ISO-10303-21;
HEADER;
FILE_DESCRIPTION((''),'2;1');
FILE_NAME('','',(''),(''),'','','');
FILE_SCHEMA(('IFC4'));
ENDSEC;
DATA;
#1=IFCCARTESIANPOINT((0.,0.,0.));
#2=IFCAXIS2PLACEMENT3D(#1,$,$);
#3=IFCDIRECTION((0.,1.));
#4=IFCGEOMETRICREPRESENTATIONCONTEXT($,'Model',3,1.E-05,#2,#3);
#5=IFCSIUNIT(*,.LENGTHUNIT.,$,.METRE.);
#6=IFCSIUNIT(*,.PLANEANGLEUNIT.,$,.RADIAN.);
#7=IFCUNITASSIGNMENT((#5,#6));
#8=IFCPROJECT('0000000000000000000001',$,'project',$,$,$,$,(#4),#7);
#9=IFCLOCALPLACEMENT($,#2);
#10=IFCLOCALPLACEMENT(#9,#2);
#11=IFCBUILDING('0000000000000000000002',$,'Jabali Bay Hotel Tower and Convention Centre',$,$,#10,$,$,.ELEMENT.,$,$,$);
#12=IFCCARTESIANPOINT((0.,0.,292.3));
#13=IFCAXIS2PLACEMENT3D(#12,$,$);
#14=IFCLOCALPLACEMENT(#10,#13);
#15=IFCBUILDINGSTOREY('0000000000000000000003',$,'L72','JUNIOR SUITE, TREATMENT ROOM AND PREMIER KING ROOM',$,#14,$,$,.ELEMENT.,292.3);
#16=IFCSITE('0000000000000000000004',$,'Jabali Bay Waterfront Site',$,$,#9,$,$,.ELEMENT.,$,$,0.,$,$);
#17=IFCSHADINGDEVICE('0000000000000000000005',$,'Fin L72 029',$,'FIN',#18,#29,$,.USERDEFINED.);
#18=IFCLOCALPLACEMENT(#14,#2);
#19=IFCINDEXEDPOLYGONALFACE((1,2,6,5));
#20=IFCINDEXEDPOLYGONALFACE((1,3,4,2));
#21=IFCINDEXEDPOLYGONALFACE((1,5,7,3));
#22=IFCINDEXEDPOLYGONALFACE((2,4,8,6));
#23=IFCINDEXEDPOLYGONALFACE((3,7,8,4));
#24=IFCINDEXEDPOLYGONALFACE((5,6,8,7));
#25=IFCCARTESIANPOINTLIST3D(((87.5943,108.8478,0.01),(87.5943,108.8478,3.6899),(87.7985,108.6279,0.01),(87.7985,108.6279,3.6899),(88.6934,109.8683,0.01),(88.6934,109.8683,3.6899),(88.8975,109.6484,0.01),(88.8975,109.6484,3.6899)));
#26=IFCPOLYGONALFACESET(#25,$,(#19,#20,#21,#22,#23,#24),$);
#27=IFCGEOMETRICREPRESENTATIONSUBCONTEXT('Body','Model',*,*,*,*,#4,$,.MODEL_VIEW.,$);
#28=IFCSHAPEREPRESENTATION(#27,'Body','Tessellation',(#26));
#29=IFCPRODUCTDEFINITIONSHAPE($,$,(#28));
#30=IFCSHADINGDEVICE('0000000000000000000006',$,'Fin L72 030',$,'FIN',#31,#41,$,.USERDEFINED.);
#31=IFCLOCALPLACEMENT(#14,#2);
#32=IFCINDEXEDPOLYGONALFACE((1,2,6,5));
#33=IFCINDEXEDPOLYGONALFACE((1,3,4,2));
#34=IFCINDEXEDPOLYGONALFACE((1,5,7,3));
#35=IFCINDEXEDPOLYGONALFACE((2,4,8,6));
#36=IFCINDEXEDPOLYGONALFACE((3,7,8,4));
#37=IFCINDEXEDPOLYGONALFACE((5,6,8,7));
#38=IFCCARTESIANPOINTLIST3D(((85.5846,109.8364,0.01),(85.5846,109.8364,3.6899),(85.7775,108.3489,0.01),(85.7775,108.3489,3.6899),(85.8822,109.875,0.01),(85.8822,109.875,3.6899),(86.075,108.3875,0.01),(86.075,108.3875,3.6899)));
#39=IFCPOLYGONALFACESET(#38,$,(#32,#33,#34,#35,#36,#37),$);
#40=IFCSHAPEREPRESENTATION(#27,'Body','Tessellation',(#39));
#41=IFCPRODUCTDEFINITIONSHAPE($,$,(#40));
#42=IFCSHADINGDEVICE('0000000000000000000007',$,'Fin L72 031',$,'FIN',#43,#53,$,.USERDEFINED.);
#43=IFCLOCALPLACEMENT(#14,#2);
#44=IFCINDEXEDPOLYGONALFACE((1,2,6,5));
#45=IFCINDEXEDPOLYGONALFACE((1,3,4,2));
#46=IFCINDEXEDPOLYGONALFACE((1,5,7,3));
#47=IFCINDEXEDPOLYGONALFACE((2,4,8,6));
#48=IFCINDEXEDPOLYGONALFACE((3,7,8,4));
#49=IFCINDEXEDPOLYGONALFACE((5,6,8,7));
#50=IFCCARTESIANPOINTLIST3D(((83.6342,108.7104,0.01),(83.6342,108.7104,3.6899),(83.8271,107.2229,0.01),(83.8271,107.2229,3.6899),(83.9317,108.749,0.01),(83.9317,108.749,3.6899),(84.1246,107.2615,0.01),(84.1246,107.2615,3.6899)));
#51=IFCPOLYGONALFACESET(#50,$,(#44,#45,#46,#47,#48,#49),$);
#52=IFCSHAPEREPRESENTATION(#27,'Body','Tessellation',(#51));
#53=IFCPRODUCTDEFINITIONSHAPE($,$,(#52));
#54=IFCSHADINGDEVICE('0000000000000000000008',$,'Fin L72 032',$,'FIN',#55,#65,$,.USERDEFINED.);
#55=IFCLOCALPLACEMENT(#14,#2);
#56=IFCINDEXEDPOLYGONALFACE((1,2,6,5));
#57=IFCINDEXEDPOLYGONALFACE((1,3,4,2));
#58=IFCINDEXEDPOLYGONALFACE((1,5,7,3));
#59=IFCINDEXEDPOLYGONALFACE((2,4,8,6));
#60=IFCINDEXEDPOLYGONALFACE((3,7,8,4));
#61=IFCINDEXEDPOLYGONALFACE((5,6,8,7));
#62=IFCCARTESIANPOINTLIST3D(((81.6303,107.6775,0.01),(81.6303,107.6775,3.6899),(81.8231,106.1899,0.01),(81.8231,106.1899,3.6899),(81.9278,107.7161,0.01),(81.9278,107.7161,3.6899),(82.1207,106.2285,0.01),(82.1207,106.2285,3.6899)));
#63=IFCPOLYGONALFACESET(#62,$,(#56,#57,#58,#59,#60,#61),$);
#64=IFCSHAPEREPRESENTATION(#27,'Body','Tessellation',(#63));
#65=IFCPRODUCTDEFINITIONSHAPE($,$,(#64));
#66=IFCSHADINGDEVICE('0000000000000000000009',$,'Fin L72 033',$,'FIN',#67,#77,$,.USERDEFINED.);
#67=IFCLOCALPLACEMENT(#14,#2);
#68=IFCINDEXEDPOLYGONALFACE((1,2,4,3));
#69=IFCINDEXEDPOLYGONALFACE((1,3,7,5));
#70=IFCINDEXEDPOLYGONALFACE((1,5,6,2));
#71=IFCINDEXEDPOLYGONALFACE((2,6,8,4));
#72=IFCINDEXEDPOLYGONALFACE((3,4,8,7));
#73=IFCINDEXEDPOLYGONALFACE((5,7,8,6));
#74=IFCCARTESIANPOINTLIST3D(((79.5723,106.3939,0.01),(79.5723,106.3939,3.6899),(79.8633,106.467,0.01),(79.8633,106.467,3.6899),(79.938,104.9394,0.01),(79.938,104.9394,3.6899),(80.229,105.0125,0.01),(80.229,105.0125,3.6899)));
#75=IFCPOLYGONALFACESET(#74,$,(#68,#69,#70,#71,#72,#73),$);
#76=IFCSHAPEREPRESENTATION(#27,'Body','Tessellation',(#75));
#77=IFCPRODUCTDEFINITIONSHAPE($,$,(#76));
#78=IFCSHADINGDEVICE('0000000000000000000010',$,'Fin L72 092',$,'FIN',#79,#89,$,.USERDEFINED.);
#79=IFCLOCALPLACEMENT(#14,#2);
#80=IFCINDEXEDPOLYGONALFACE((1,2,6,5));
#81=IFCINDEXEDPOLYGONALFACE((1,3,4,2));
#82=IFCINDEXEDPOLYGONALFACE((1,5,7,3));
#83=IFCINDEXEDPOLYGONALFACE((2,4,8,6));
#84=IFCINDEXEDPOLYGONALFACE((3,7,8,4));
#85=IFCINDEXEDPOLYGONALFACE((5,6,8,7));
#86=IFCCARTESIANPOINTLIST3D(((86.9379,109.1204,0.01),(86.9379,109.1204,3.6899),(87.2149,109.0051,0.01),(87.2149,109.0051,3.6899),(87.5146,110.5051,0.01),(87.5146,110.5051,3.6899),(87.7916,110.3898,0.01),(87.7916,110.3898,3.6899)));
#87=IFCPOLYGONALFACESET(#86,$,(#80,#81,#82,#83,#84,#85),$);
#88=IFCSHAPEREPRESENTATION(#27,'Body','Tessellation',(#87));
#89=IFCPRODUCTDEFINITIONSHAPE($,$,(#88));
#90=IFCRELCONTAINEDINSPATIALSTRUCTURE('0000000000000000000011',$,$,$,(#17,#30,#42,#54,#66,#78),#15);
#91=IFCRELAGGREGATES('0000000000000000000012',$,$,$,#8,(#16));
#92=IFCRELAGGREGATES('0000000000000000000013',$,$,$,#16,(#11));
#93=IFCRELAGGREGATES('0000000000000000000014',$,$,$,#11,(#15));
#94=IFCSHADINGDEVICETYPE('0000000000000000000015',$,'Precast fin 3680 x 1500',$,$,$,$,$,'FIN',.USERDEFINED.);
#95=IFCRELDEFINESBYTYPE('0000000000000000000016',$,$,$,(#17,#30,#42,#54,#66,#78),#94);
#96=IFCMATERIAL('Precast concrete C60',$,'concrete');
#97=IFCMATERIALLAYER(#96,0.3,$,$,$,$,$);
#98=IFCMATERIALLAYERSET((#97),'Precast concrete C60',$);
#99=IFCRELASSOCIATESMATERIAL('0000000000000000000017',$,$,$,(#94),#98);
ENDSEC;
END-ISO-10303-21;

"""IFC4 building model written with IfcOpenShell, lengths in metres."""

from ifc_helpers import new_model, si_unit, direction, frame, frame_2d, origin, place, context, subcontext, project, spatial, rectangle, extrude, material, layer, layer_set, type_object, element, save


model = new_model("IFC4")

# Units and contexts
model_context = context("Model", 3, precision=1e-05, world=origin(), true_north=direction((0.0, 1.0)))
body_context = subcontext(model_context, "Body", "Model", "MODEL_VIEW")
ifc_project = project(units=[si_unit("LENGTHUNIT", "METRE"), si_unit("PLANEANGLEUNIT", "RADIAN")], contexts=[model_context])

# Site, building, storey
site_placement = place(None, origin())
site = spatial("IfcSite", under=ifc_project, at=site_placement, Name="Jabali Bay Waterfront Site", CompositionType="ELEMENT", RefElevation=0.0)
building_placement = place(site_placement, origin())
building = spatial("IfcBuilding", under=site, at=building_placement, Name="Jabali Bay Hotel Tower and Convention Centre", CompositionType="ELEMENT")
storey_placement = place(building_placement, frame((0.0, 0.0, 292.3)))
storey = spatial("IfcBuildingStorey", under=building, at=storey_placement, Name="L72", Description="JUNIOR SUITE, TREATMENT ROOM AND PREMIER KING ROOM", CompositionType="ELEMENT", Elevation=292.3)

# Shading devices
ifc_material_1 = material(Name="Precast concrete C60", Category="concrete")
ifc_layer_1 = layer(ifc_material_1, 0.3)
ifc_layer_set_1 = layer_set([ifc_layer_1], Name="Precast concrete C60")
shading_device_type = type_object("IfcShadingDeviceType", Name="Precast fin 3680 x 1500", ElementType="FIN", PredefinedType="USERDEFINED", material=ifc_layer_set_1)
shading_device_1_placement = place(storey_placement, frame((87.6963, 108.7378, 0.01), z_axis=(0.0, 0.0, 1.0), x_axis=(0.732828, 0.680414, 0.0)))
element("IfcShadingDevice", 1, at=shading_device_1_placement, inside=storey, type_object=shading_device_type, Name="Fin L72 029", ObjectType="FIN", PredefinedType="USERDEFINED", context=body_context, shape_type="SweptSolid", body=[
    extrude(rectangle(XDim=1.4998, YDim=0.3, at=frame_2d((0.75, 0.0))), origin(), (0.0, 0.0, 1.0), 3.6799),
])
for number, where, z_axis, x_axis, name in (
    (2, (85.9263, 108.3682, 0.01), (0.0, 0.0, 1.0), (-0.128581, 0.991699, 0.0), "Fin L72 030"),
    (3, (83.9758, 107.2422, 0.01), (0.0, 0.0, 1.0), (-0.128581, 0.991699, 0.0), "Fin L72 031"),
    (4, (81.9719, 106.2092, 0.01), (0.0, 0.0, 1.0), (-0.128581, 0.991699, 0.0), "Fin L72 032"),
):
    element("IfcShadingDevice", number, at=place(storey_placement, frame(where, z_axis=z_axis, x_axis=x_axis)), inside=storey, type_object=shading_device_type, Name=name, ObjectType="FIN", PredefinedType="USERDEFINED", context=body_context, shape_type="SweptSolid", body=[
        extrude(rectangle(XDim=1.5, YDim=0.3, at=frame_2d((0.75, 0.0))), origin(), (0.0, 0.0, 1.0), 3.6799),
    ])
shading_device_2_placement = place(storey_placement, frame((80.0835, 104.9758, 0.01), z_axis=(0.0, 0.0, 1.0), x_axis=(-0.243838, 0.969816, 0.0)))
element("IfcShadingDevice", 5, at=shading_device_2_placement, inside=storey, type_object=shading_device_type, Name="Fin L72 033", ObjectType="FIN", PredefinedType="USERDEFINED", context=body_context, shape_type="SweptSolid", body=[
    extrude(rectangle(XDim=1.4998, YDim=0.3, at=frame_2d((0.75, 0.0))), origin(), (0.0, 0.0, 1.0), 3.6799),
])
shading_device_3_placement = place(storey_placement, frame((87.0764, 109.0627, 0.01), z_axis=(0.0, 0.0, 1.0), x_axis=(0.38443, 0.923154, 0.0)))
element("IfcShadingDevice", 6, at=shading_device_3_placement, inside=storey, type_object=shading_device_type, Name="Fin L72 092", ObjectType="FIN", PredefinedType="USERDEFINED", context=body_context, shape_type="SweptSolid", body=[
    extrude(rectangle(XDim=1.5, YDim=0.3, at=frame_2d((0.75, 0.0))), origin(), (0.0, 0.0, 1.0), 3.6799),
])

save(model, "model.ifc")
